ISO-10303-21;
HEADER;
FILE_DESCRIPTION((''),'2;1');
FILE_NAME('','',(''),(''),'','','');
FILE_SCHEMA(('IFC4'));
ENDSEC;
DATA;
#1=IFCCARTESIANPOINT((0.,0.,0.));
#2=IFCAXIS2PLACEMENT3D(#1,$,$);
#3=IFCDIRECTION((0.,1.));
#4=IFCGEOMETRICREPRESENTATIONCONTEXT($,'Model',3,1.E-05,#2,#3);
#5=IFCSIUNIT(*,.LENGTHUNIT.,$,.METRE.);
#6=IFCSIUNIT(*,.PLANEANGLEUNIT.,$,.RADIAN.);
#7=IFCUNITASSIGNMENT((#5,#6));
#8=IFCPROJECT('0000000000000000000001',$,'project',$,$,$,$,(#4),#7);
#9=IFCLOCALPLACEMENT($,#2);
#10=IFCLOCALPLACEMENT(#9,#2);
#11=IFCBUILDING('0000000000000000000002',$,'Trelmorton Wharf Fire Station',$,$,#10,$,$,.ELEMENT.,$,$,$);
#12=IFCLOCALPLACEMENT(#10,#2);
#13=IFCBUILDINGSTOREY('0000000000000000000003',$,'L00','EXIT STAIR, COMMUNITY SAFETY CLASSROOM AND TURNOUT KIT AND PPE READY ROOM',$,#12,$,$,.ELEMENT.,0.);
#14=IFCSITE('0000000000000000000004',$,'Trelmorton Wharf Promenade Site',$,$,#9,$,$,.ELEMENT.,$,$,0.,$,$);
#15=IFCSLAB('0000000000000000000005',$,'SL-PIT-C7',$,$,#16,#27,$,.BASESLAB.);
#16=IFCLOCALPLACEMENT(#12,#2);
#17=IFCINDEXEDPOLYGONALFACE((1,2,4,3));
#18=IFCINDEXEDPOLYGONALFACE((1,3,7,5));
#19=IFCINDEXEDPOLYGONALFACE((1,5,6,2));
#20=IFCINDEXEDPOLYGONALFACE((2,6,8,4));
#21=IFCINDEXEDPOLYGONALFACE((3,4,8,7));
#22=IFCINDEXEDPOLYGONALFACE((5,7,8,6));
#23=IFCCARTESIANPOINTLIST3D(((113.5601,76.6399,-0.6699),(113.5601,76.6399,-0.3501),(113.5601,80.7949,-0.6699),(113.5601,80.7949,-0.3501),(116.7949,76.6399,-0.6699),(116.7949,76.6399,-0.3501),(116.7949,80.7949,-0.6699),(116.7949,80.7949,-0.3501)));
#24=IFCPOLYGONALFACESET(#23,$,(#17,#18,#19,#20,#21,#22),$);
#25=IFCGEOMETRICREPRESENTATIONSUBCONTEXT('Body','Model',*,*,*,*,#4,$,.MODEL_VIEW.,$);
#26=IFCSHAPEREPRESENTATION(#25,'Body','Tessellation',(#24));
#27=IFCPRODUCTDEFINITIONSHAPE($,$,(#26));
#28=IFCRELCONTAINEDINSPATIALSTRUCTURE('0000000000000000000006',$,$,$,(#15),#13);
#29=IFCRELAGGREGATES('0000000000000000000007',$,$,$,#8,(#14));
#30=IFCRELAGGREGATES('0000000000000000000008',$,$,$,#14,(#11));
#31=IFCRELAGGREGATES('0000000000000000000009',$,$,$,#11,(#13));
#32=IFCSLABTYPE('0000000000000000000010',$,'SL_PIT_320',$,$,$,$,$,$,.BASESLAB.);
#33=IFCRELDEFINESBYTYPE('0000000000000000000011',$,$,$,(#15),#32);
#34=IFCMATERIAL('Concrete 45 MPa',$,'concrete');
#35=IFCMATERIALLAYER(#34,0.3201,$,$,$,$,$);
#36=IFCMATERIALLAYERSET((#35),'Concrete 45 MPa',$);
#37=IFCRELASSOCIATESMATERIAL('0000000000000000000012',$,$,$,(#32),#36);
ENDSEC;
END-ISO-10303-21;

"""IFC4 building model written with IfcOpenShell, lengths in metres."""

from ifc_helpers import new_model, si_unit, direction, frame, origin, place, context, subcontext, project, spatial, polyline, outline, extrude, material, layer, layer_set, type_object, element, save


model = new_model("IFC4")

# Units and contexts
model_context = context("Model", 3, precision=1e-05, world=origin(), true_north=direction((0.0, 1.0)))
body_context = subcontext(model_context, "Body", "Model", "MODEL_VIEW")
ifc_project = project(units=[si_unit("LENGTHUNIT", "METRE"), si_unit("PLANEANGLEUNIT", "RADIAN")], contexts=[model_context])

# Site, building, storey
site_placement = place(None, origin())
site = spatial("IfcSite", under=ifc_project, at=site_placement, Name="Trelmorton Wharf Promenade Site", CompositionType="ELEMENT", RefElevation=0.0)
building_placement = place(site_placement, origin())
building = spatial("IfcBuilding", under=site, at=building_placement, Name="Trelmorton Wharf Fire Station", CompositionType="ELEMENT")
storey_placement = place(building_placement, origin())
storey = spatial("IfcBuildingStorey", under=building, at=storey_placement, Name="L00", Description="EXIT STAIR, COMMUNITY SAFETY CLASSROOM AND TURNOUT KIT AND PPE READY ROOM", CompositionType="ELEMENT", Elevation=0.0)

# Slab
ifc_material_1 = material(Name="Concrete 45 MPa", Category="concrete")
ifc_layer_1 = layer(ifc_material_1, 0.3201)
ifc_layer_set_1 = layer_set([ifc_layer_1], Name="Concrete 45 MPa")
slab_type_1 = type_object("IfcSlabType", Name="SL_PIT_320", PredefinedType="BASESLAB", material=ifc_layer_set_1)
slab_1_placement = place(storey_placement, frame((0.0, 0.0, -0.6699)))
element("IfcSlab", 1, at=slab_1_placement, inside=storey, type_object=slab_type_1, Name="SL-PIT-C7", PredefinedType="BASESLAB", context=body_context, shape_type="SweptSolid", body=[
    extrude(outline(polyline([(113.5601, 76.6399), (116.7949, 76.6399), (116.7949, 80.7949), (113.5601, 80.7949), (113.5601, 76.6399)])), origin(), (0.0, 0.0, 1.0), 0.3198),
])

save(model, "model.ifc")
